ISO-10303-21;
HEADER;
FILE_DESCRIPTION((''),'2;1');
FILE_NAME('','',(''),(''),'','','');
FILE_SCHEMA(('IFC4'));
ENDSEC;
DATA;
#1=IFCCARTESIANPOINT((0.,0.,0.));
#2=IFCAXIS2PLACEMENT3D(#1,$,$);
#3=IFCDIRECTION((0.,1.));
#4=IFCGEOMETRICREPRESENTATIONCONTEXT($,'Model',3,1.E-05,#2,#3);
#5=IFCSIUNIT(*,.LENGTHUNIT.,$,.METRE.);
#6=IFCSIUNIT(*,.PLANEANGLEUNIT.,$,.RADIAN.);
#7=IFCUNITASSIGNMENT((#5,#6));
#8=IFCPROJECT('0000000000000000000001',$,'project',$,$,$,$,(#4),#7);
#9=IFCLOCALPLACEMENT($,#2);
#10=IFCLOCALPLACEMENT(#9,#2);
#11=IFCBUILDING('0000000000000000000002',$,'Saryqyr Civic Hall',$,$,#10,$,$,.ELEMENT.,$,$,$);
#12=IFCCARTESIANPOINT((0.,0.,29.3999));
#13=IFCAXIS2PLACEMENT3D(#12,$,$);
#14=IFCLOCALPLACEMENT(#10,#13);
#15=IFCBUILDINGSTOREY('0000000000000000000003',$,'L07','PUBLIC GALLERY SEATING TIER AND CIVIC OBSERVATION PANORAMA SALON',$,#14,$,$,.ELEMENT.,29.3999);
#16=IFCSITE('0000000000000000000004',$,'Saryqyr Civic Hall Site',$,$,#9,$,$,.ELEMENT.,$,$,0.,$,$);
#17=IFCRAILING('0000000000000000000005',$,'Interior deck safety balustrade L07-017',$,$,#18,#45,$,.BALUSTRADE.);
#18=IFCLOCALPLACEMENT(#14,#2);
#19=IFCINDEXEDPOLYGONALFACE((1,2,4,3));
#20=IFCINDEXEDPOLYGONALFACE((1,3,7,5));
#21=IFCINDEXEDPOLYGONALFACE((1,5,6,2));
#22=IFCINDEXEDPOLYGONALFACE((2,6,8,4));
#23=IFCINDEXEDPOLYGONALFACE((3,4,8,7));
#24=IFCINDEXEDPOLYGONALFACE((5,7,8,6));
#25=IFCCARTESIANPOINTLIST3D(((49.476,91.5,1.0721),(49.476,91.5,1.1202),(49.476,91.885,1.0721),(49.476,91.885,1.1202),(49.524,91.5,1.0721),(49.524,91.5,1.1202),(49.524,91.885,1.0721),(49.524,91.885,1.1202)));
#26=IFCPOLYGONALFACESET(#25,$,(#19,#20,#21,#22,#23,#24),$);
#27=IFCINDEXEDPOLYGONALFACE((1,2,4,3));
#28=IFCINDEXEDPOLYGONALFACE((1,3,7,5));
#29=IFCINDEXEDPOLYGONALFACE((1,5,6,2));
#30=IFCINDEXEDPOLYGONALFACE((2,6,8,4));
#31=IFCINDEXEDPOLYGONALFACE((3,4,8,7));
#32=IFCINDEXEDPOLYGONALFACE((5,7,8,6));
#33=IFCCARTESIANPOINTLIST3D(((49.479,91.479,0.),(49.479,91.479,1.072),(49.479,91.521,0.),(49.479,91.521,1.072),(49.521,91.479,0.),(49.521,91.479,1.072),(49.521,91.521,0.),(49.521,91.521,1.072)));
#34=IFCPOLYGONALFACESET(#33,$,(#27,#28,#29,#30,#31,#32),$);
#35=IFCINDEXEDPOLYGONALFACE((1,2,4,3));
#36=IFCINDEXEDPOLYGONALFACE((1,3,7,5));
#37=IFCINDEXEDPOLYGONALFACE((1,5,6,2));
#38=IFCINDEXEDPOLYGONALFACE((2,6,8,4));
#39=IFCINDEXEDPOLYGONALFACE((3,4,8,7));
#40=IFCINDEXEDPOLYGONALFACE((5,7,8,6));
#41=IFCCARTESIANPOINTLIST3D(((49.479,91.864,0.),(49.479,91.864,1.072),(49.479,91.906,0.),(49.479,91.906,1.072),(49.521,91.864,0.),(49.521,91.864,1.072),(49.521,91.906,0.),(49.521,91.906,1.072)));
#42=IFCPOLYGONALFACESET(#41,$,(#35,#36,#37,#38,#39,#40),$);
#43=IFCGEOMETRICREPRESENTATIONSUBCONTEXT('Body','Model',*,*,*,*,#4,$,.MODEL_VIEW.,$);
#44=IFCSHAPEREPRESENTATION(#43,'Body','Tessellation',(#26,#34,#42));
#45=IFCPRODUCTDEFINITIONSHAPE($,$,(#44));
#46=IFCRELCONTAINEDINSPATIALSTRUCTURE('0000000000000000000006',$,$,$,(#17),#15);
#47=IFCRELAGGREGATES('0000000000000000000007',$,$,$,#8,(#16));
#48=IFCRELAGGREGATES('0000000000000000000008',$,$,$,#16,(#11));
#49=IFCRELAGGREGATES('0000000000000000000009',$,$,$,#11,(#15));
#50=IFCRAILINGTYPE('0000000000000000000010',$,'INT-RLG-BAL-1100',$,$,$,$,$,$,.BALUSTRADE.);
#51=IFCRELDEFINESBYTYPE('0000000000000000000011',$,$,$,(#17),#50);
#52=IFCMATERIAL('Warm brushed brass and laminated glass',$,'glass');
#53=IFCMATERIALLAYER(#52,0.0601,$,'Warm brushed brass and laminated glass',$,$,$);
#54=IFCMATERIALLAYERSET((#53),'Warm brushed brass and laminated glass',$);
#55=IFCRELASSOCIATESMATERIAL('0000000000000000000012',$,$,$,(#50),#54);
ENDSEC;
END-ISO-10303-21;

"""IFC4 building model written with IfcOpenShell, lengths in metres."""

from ifc_helpers import new_model, si_unit, direction, frame, origin, origin_2d, place, context, subcontext, project, spatial, rectangle, extrude, material, layer, layer_set, type_object, element, save


model = new_model("IFC4")

# Units and contexts
model_context = context("Model", 3, precision=1e-05, world=origin(), true_north=direction((0.0, 1.0)))
body_context = subcontext(model_context, "Body", "Model", "MODEL_VIEW")
ifc_project = project(units=[si_unit("LENGTHUNIT", "METRE"), si_unit("PLANEANGLEUNIT", "RADIAN")], contexts=[model_context])

# Site, building, storey
site_placement = place(None, origin())
site = spatial("IfcSite", under=ifc_project, at=site_placement, Name="Saryqyr Civic Hall Site", CompositionType="ELEMENT", RefElevation=0.0)
building_placement = place(site_placement, origin())
building = spatial("IfcBuilding", under=site, at=building_placement, Name="Saryqyr Civic Hall", CompositionType="ELEMENT")
storey_placement = place(building_placement, frame((0.0, 0.0, 29.3999)))
storey = spatial("IfcBuildingStorey", under=building, at=storey_placement, Name="L07", Description="PUBLIC GALLERY SEATING TIER AND CIVIC OBSERVATION PANORAMA SALON", CompositionType="ELEMENT", Elevation=29.3999)

# Railing
ifc_material_1 = material(Name="Warm brushed brass and laminated glass", Category="glass")
ifc_layer_1 = layer(ifc_material_1, 0.0601, Name="Warm brushed brass and laminated glass")
ifc_layer_set_1 = layer_set([ifc_layer_1], Name="Warm brushed brass and laminated glass")
railing_type = type_object("IfcRailingType", Name="INT-RLG-BAL-1100", PredefinedType="BALUSTRADE", material=ifc_layer_set_1)
railing_placement = place(storey_placement, frame((49.5, 91.5, 0.0)))
element("IfcRailing", 1, at=railing_placement, inside=storey, type_object=railing_type, Name="Interior deck safety balustrade L07-017", PredefinedType="BALUSTRADE", context=body_context, shape_type="SweptSolid", body=[
    extrude(rectangle(XDim=0.0481, YDim=0.0481, at=origin_2d()), frame((0.0, 0.0, 1.0962), z_axis=(0.0, 1.0, 0.0), x_axis=(-1.0, 0.0, 0.0)), (0.0, 0.0, 1.0), 0.385),
    extrude(rectangle(XDim=0.042, YDim=0.042, at=origin_2d()), origin(), (0.0, 0.0, 1.0), 1.072),
    extrude(rectangle(XDim=0.042, YDim=0.042, at=origin_2d()), frame((0.0, 0.385, 0.0)), (0.0, 0.0, 1.0), 1.072),
])

save(model, "model.ifc")
